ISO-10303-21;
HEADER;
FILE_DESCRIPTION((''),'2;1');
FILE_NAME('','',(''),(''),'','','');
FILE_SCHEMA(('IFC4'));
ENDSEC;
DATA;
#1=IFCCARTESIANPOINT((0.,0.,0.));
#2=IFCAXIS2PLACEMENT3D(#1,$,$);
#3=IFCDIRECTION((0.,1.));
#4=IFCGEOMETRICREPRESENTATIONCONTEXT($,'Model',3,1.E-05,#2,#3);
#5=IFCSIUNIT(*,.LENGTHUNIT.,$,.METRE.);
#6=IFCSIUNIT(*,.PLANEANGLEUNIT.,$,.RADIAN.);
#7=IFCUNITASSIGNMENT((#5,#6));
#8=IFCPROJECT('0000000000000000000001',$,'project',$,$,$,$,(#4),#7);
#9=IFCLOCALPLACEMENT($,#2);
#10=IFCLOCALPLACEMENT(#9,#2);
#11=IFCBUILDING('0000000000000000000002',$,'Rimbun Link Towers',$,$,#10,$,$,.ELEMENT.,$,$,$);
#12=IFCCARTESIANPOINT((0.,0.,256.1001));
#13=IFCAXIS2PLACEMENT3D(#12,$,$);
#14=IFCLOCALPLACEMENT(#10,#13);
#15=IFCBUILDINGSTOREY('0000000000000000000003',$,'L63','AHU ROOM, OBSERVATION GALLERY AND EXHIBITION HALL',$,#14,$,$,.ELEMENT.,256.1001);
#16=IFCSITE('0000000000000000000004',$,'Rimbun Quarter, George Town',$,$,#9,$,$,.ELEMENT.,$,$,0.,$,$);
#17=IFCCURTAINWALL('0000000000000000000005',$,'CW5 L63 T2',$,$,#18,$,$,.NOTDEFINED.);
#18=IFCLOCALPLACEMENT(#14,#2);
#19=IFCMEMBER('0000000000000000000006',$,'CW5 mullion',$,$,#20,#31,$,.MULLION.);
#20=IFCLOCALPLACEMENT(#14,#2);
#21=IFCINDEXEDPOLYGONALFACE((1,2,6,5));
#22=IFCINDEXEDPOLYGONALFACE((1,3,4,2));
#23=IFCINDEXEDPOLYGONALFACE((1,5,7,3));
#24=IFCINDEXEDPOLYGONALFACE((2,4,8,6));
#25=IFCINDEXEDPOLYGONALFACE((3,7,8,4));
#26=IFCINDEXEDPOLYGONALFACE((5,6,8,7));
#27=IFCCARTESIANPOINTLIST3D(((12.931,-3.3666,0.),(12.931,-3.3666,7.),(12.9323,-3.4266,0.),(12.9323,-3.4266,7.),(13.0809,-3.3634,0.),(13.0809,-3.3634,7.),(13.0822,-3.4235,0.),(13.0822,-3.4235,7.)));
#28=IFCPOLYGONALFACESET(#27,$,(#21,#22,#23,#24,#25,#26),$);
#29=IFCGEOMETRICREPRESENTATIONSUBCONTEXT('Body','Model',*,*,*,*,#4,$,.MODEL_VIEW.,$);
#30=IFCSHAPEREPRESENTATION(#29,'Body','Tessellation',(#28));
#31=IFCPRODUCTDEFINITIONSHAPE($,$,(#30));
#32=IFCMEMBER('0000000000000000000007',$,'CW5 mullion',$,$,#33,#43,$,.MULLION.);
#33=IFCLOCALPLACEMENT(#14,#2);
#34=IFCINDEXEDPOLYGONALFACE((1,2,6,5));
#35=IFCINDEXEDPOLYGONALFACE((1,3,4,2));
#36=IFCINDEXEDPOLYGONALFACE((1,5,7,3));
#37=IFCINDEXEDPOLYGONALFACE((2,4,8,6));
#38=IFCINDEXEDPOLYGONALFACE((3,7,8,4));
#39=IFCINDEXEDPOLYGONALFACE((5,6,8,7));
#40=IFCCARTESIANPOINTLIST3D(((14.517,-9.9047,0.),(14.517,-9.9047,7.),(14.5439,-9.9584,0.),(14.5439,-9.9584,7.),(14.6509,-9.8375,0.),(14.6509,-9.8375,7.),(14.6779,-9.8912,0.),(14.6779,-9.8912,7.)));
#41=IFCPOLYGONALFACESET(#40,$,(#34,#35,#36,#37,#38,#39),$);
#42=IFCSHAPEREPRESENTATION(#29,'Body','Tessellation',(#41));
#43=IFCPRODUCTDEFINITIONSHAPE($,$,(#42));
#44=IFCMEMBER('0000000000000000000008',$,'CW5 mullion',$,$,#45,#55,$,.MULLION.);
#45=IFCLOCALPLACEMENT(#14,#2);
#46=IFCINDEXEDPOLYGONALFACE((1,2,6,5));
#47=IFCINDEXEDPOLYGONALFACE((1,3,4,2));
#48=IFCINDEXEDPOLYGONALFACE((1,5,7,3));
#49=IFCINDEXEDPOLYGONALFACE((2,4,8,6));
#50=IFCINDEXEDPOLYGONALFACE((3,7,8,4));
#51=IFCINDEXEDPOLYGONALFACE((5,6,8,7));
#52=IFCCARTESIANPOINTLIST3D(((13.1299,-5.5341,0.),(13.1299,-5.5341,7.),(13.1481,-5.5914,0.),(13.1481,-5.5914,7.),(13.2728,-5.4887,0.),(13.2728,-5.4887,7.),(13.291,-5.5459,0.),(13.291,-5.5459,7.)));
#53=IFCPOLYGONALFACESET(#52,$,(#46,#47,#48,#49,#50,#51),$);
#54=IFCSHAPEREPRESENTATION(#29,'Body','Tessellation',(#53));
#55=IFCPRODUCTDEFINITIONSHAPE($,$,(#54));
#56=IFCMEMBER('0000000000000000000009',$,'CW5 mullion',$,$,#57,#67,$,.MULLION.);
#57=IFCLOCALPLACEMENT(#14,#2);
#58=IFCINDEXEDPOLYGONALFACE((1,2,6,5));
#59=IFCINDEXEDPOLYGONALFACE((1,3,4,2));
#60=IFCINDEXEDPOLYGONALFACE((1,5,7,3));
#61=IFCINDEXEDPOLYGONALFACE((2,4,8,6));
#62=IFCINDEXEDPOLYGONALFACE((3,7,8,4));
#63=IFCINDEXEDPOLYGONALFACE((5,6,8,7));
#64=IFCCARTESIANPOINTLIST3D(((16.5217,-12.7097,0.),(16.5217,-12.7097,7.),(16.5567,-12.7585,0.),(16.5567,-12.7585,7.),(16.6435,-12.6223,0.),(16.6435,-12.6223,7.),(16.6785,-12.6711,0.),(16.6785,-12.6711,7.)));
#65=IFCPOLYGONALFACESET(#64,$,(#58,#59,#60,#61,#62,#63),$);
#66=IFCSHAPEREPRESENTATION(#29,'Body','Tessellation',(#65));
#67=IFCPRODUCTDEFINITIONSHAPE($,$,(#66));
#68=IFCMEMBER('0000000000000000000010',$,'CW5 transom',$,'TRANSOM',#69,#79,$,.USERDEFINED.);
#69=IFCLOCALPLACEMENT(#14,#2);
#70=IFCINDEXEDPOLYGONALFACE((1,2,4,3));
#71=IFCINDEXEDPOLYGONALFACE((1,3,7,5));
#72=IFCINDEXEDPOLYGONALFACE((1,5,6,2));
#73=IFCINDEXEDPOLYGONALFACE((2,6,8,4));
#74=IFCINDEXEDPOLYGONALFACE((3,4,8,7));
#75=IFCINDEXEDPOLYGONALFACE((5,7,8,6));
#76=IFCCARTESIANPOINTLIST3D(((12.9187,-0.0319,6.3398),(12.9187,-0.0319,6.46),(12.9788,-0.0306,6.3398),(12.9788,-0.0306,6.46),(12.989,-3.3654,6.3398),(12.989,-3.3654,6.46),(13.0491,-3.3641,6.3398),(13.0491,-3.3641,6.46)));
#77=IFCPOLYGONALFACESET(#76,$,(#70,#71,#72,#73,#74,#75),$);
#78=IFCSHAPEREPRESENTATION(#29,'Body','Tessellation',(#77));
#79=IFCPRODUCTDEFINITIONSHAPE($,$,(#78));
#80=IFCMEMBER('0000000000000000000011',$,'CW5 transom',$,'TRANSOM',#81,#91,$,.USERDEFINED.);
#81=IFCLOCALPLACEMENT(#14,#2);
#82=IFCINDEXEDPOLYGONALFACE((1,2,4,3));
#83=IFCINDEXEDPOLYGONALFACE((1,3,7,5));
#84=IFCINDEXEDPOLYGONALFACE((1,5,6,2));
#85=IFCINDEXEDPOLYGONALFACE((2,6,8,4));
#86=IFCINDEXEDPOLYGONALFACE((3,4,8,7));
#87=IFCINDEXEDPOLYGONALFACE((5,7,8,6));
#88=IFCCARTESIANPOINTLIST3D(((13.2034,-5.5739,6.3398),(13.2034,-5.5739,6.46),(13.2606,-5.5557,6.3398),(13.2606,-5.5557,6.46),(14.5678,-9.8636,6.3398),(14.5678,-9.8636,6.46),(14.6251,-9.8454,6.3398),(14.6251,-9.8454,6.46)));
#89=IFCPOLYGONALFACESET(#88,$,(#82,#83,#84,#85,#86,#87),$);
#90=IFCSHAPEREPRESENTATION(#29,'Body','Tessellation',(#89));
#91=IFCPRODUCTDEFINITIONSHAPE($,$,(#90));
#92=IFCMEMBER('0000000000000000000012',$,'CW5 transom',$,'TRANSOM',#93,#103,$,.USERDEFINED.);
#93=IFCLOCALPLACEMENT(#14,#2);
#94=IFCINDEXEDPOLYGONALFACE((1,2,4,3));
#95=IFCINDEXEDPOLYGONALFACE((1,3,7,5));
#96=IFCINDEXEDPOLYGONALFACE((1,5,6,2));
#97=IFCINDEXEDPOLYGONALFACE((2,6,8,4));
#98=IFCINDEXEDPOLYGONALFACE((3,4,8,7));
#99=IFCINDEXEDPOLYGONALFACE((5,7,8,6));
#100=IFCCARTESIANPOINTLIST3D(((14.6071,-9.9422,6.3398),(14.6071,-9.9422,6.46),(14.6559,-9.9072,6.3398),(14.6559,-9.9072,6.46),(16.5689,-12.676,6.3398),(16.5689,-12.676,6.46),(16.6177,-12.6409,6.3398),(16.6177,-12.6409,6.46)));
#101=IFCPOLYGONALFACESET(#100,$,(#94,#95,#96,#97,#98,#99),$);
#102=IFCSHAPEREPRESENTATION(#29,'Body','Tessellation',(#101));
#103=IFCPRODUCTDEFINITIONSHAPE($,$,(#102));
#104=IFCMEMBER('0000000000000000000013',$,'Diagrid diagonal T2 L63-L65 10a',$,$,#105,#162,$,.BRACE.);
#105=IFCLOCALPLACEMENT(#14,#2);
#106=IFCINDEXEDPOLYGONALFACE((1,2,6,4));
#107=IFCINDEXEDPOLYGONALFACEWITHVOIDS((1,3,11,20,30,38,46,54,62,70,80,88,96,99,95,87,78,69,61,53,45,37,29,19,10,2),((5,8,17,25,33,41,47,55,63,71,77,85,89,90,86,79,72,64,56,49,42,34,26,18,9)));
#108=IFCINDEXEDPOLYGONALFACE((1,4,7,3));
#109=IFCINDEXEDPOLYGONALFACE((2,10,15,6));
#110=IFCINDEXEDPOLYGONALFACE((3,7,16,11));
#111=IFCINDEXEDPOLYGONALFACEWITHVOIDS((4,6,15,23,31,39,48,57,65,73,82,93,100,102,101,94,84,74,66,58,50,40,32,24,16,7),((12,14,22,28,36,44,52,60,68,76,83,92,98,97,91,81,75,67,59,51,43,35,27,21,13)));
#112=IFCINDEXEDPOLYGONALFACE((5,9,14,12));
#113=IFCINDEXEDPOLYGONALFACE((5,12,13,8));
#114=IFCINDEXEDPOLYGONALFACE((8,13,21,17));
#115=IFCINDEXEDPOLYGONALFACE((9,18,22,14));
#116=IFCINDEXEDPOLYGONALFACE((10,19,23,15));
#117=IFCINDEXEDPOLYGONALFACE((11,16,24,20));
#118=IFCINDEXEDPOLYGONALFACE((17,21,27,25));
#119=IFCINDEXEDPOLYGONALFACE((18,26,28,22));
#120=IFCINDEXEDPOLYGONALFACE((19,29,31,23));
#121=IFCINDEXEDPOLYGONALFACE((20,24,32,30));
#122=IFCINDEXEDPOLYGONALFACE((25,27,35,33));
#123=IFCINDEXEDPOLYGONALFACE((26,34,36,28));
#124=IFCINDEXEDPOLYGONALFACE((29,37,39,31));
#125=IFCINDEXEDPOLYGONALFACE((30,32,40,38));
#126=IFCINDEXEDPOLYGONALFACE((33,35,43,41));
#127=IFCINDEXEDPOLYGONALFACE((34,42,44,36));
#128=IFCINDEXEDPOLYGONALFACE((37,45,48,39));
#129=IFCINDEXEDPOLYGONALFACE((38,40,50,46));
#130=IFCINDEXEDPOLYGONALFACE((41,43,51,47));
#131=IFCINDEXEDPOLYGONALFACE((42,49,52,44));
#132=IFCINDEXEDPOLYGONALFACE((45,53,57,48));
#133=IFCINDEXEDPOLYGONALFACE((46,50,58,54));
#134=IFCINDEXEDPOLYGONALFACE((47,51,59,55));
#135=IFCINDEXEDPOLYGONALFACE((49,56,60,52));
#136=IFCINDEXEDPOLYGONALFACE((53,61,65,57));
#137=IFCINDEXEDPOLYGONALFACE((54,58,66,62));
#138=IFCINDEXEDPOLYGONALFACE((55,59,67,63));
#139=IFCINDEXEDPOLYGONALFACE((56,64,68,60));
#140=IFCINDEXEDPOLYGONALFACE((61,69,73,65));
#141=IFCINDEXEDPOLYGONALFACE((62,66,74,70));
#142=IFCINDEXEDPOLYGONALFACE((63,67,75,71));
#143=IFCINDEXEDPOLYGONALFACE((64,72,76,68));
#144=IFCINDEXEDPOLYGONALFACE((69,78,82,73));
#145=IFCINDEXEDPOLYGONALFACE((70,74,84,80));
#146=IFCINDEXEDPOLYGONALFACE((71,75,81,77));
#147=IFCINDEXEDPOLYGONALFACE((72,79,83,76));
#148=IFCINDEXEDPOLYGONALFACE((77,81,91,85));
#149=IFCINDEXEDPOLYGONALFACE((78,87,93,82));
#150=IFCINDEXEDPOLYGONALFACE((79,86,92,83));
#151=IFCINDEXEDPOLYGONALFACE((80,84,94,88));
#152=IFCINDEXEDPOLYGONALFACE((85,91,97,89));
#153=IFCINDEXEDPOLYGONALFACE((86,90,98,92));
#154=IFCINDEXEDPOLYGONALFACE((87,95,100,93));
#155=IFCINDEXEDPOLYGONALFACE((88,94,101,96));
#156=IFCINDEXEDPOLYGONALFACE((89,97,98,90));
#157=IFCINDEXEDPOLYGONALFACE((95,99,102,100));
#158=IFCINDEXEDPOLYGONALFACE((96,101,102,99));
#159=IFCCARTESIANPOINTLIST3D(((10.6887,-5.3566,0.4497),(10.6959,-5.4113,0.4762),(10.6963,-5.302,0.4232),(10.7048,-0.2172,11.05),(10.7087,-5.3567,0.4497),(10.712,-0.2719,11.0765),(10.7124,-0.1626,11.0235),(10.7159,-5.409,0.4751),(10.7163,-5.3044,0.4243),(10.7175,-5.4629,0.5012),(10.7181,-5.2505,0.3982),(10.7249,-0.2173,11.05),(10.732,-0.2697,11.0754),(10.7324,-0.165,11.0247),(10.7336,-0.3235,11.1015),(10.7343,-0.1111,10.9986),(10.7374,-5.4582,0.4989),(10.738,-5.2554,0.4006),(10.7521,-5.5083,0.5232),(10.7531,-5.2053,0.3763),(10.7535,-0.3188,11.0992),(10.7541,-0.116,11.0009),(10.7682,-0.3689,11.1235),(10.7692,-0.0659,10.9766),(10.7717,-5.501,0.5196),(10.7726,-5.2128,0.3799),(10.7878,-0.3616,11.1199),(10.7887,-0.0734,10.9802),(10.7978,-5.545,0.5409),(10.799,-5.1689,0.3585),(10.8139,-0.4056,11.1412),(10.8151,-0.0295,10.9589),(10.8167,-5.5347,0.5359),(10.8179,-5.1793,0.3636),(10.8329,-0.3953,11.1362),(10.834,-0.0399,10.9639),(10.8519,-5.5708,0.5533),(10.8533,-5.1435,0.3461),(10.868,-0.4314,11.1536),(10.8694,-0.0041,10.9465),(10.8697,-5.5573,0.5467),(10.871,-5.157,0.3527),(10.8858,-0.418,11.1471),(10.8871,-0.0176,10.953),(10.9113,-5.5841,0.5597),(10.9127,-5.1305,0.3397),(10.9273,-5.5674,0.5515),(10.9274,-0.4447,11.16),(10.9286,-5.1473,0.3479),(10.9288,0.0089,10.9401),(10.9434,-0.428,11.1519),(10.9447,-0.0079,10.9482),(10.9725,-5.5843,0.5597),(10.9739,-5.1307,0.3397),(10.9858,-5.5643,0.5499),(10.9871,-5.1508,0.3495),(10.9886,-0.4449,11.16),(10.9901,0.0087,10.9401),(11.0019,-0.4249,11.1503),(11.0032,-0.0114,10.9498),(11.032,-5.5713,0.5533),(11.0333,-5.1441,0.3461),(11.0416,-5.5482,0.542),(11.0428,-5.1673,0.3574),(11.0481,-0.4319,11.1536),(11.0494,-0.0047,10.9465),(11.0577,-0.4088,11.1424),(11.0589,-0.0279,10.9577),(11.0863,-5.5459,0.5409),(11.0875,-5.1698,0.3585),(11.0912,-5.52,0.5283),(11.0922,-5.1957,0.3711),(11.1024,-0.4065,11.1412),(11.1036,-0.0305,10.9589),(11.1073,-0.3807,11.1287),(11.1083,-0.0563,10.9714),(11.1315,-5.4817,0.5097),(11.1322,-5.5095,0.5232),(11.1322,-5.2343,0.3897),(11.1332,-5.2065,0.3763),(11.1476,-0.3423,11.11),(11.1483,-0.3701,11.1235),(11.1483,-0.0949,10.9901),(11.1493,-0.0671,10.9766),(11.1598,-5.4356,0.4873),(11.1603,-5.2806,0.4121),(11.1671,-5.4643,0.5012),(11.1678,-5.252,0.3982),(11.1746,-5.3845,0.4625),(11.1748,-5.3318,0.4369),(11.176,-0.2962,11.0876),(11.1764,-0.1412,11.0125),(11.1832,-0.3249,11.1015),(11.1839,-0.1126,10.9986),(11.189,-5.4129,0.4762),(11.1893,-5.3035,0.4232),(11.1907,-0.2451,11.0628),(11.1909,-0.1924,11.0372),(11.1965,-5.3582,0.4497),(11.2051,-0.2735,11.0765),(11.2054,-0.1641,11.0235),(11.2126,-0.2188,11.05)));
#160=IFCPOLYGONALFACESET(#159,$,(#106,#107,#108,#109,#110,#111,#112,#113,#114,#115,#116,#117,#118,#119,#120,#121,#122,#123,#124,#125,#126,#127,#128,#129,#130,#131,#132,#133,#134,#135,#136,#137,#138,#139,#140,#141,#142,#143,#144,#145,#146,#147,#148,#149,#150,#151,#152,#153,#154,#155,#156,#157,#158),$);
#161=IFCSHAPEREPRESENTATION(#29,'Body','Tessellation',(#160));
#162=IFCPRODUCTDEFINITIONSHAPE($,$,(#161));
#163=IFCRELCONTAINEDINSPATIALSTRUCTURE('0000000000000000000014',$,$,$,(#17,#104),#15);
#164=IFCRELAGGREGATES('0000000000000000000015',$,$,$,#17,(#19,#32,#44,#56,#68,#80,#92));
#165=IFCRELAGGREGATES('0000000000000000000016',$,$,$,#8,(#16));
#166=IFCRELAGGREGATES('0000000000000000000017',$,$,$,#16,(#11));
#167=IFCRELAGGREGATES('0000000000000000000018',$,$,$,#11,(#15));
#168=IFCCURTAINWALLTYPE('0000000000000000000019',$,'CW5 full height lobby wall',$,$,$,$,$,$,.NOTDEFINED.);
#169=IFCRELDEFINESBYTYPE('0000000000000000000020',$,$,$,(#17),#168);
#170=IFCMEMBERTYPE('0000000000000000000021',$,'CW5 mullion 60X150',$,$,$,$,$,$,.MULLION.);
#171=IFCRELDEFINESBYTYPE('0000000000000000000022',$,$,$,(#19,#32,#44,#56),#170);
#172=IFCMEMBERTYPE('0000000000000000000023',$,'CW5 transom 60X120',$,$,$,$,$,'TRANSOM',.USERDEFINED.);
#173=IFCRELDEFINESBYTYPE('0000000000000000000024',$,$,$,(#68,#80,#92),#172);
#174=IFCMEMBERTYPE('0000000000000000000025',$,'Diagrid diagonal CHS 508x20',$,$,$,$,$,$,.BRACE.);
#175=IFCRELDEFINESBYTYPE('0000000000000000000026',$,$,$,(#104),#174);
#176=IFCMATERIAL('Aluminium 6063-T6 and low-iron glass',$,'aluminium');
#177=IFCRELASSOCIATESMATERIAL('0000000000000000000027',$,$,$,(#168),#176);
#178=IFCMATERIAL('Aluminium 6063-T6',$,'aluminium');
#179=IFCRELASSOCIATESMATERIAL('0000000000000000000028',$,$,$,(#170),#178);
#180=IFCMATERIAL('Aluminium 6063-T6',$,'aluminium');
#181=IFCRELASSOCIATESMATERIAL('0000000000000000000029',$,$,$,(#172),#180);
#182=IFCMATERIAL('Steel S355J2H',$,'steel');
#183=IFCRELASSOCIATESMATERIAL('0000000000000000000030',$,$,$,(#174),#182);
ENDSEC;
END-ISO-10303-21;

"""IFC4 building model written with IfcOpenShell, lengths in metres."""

from ifc_helpers import new_model, si_unit, direction, frame, origin, origin_2d, place, context, subcontext, project, spatial, rectangle, hollow_circle, extrude, material, material_profile, profile_set, type_object, element, aggregate, save


model = new_model("IFC4")

# Units and contexts
model_context = context("Model", 3, precision=1e-05, world=origin(), true_north=direction((0.0, 1.0)))
body_context = subcontext(model_context, "Body", "Model", "MODEL_VIEW")
ifc_project = project(units=[si_unit("LENGTHUNIT", "METRE"), si_unit("PLANEANGLEUNIT", "RADIAN")], contexts=[model_context])

# Site, building, storey
site_placement = place(None, origin())
site = spatial("IfcSite", under=ifc_project, at=site_placement, Name="Rimbun Quarter, George Town", CompositionType="ELEMENT", RefElevation=0.0)
building_placement = place(site_placement, origin())
building = spatial("IfcBuilding", under=site, at=building_placement, Name="Rimbun Link Towers", CompositionType="ELEMENT")
storey_placement = place(building_placement, frame((0.0, 0.0, 256.1001)))
storey = spatial("IfcBuildingStorey", under=building, at=storey_placement, Name="L63", Description="AHU ROOM, OBSERVATION GALLERY AND EXHIBITION HALL", CompositionType="ELEMENT", Elevation=256.1001)

# Curtain wall, members
ifc_material_1 = material(Name="Aluminium 6063-T6 and low-iron glass", Category="aluminium")
curtain_wall_type = type_object("IfcCurtainWallType", Name="CW5 full height lobby wall", PredefinedType="NOTDEFINED", material=ifc_material_1)
curtain_wall_placement = place(storey_placement, origin())
curtain_wall = element("IfcCurtainWall", 1, at=curtain_wall_placement, inside=storey, type_object=curtain_wall_type, Name="CW5 L63 T2", PredefinedType="NOTDEFINED")
ifc_material_2 = material(Name="Aluminium 6063-T6", Category="aluminium")
ifc_material_profile_1 = material_profile(ifc_material_2, rectangle(XDim=0.1499, YDim=0.0601, at=origin_2d()), Name="MULLION 60X150")
ifc_profile_set_1 = profile_set([ifc_material_profile_1], Name="Aluminium 6063-T6")
member_type_1 = type_object("IfcMemberType", Name="CW5 mullion 60X150", PredefinedType="MULLION", material=ifc_profile_set_1)
member_1_placement = place(storey_placement, frame((13.0066, -3.395, 0.0), z_axis=(0.0, 0.0, 1.0), x_axis=(-0.999778, -0.021064, 0.0)))
member_1 = element("IfcMember", 2, at=member_1_placement, type_object=member_type_1, Name="CW5 mullion", PredefinedType="MULLION", context=body_context, shape_type="SweptSolid", body=[
    extrude(rectangle(XDim=0.1499, YDim=0.0601, at=origin_2d()), origin(), (0.0, 0.0, 1.0), 7.0),
])
member_2_placement = place(storey_placement, frame((14.5974, -9.8979, 0.0), z_axis=(0.0, 0.0, 1.0), x_axis=(-0.893745, -0.448575, 0.0)))
member_2 = element("IfcMember", 3, at=member_2_placement, type_object=member_type_1, Name="CW5 mullion", PredefinedType="MULLION", context=body_context, shape_type="SweptSolid", body=[
    extrude(rectangle(XDim=0.1499, YDim=0.0601, at=origin_2d()), origin(), (0.0, 0.0, 1.0), 7.0),
])
member_3_placement = place(storey_placement, frame((13.2104, -5.54, 0.0), z_axis=(0.0, 0.0, 1.0), x_axis=(-0.952967, -0.303074, 0.0)))
member_3 = element("IfcMember", 4, at=member_3_placement, type_object=member_type_1, Name="CW5 mullion", PredefinedType="MULLION", context=body_context, shape_type="SweptSolid", body=[
    extrude(rectangle(XDim=0.1499, YDim=0.0601, at=origin_2d()), origin(), (0.0, 0.0, 1.0), 7.0),
])
member_4_placement = place(storey_placement, frame((16.6001, -12.6904, 0.0), z_axis=(0.0, 0.0, 1.0), x_axis=(-0.812468, -0.583006, 0.0)))
member_4 = element("IfcMember", 5, at=member_4_placement, type_object=member_type_1, Name="CW5 mullion", PredefinedType="MULLION", context=body_context, shape_type="SweptSolid", body=[
    extrude(rectangle(XDim=0.1499, YDim=0.0601, at=origin_2d()), origin(), (0.0, 0.0, 1.0), 7.0),
])
ifc_material_3 = material(Name="Aluminium 6063-T6", Category="aluminium")
ifc_material_profile_2 = material_profile(ifc_material_3, rectangle(XDim=0.0601, YDim=0.1201, at=origin_2d()), Name="TRANSOM 60X120")
ifc_profile_set_2 = profile_set([ifc_material_profile_2], Name="Aluminium 6063-T6")
member_type_2 = type_object("IfcMemberType", Name="CW5 transom 60X120", ElementType="TRANSOM", PredefinedType="USERDEFINED", material=ifc_profile_set_2)
member_5_placement = place(storey_placement, frame((13.019, -3.3647, 6.3999), z_axis=(-0.021088, 0.999778, 0.0), x_axis=(-0.999778, -0.021088, 0.0)))
member_5 = element("IfcMember", 6, at=member_5_placement, type_object=member_type_2, Name="CW5 transom", ObjectType="TRANSOM", PredefinedType="USERDEFINED", context=body_context, shape_type="SweptSolid", body=[
    extrude(rectangle(XDim=0.0601, YDim=0.1201, at=origin_2d()), origin(), (0.0, 0.0, 1.0), 3.3342),
])
member_6_placement = place(storey_placement, frame((14.5964, -9.8545, 6.3999), z_axis=(-0.303116, 0.952954, 0.0), x_axis=(-0.952954, -0.303116, 0.0)))
member_6 = element("IfcMember", 7, at=member_6_placement, type_object=member_type_2, Name="CW5 transom", ObjectType="TRANSOM", PredefinedType="USERDEFINED", context=body_context, shape_type="SweptSolid", body=[
    extrude(rectangle(XDim=0.0601, YDim=0.1201, at=origin_2d()), origin(), (0.0, 0.0, 1.0), 4.5015),
])
member_7_placement = place(storey_placement, frame((16.5933, -12.6584, 6.3999), z_axis=(-0.583021, 0.812457, 0.0), x_axis=(-0.812457, -0.583021, 0.0)))
member_7 = element("IfcMember", 8, at=member_7_placement, type_object=member_type_2, Name="CW5 transom", ObjectType="TRANSOM", PredefinedType="USERDEFINED", context=body_context, shape_type="SweptSolid", body=[
    extrude(rectangle(XDim=0.0601, YDim=0.1201, at=origin_2d()), origin(), (0.0, 0.0, 1.0), 3.3647),
])

# Member
ifc_material_4 = material(Name="Steel S355J2H", Category="steel")
ifc_material_profile_3 = material_profile(ifc_material_4, hollow_circle(Radius=0.2539, WallThickness=0.02, at=origin_2d()), Name="Diagrid diagonal CHS 508x20")
ifc_profile_set_3 = profile_set([ifc_material_profile_3], Name="Steel S355J2H")
member_type_3 = type_object("IfcMemberType", Name="Diagrid diagonal CHS 508x20", PredefinedType="BRACE", material=ifc_profile_set_3)
member_8_placement = place(storey_placement, frame((10.9426, -5.3574, 0.4497), z_axis=(0.001368, 0.436262, 0.899818), x_axis=(-0.999995, 0.003135, 0.0)))
element("IfcMember", 9, at=member_8_placement, inside=storey, type_object=member_type_3, Name="Diagrid diagonal T2 L63-L65 10a", PredefinedType="BRACE", context=body_context, shape_type="SweptSolid", body=[
    extrude(hollow_circle(Radius=0.2539, WallThickness=0.02, at=origin_2d()), origin(), (0.0, 0.0, 1.0), 11.7805),
])

aggregate(curtain_wall, [member_1, member_2, member_3, member_4, member_5, member_6, member_7])

save(model, "model.ifc")
